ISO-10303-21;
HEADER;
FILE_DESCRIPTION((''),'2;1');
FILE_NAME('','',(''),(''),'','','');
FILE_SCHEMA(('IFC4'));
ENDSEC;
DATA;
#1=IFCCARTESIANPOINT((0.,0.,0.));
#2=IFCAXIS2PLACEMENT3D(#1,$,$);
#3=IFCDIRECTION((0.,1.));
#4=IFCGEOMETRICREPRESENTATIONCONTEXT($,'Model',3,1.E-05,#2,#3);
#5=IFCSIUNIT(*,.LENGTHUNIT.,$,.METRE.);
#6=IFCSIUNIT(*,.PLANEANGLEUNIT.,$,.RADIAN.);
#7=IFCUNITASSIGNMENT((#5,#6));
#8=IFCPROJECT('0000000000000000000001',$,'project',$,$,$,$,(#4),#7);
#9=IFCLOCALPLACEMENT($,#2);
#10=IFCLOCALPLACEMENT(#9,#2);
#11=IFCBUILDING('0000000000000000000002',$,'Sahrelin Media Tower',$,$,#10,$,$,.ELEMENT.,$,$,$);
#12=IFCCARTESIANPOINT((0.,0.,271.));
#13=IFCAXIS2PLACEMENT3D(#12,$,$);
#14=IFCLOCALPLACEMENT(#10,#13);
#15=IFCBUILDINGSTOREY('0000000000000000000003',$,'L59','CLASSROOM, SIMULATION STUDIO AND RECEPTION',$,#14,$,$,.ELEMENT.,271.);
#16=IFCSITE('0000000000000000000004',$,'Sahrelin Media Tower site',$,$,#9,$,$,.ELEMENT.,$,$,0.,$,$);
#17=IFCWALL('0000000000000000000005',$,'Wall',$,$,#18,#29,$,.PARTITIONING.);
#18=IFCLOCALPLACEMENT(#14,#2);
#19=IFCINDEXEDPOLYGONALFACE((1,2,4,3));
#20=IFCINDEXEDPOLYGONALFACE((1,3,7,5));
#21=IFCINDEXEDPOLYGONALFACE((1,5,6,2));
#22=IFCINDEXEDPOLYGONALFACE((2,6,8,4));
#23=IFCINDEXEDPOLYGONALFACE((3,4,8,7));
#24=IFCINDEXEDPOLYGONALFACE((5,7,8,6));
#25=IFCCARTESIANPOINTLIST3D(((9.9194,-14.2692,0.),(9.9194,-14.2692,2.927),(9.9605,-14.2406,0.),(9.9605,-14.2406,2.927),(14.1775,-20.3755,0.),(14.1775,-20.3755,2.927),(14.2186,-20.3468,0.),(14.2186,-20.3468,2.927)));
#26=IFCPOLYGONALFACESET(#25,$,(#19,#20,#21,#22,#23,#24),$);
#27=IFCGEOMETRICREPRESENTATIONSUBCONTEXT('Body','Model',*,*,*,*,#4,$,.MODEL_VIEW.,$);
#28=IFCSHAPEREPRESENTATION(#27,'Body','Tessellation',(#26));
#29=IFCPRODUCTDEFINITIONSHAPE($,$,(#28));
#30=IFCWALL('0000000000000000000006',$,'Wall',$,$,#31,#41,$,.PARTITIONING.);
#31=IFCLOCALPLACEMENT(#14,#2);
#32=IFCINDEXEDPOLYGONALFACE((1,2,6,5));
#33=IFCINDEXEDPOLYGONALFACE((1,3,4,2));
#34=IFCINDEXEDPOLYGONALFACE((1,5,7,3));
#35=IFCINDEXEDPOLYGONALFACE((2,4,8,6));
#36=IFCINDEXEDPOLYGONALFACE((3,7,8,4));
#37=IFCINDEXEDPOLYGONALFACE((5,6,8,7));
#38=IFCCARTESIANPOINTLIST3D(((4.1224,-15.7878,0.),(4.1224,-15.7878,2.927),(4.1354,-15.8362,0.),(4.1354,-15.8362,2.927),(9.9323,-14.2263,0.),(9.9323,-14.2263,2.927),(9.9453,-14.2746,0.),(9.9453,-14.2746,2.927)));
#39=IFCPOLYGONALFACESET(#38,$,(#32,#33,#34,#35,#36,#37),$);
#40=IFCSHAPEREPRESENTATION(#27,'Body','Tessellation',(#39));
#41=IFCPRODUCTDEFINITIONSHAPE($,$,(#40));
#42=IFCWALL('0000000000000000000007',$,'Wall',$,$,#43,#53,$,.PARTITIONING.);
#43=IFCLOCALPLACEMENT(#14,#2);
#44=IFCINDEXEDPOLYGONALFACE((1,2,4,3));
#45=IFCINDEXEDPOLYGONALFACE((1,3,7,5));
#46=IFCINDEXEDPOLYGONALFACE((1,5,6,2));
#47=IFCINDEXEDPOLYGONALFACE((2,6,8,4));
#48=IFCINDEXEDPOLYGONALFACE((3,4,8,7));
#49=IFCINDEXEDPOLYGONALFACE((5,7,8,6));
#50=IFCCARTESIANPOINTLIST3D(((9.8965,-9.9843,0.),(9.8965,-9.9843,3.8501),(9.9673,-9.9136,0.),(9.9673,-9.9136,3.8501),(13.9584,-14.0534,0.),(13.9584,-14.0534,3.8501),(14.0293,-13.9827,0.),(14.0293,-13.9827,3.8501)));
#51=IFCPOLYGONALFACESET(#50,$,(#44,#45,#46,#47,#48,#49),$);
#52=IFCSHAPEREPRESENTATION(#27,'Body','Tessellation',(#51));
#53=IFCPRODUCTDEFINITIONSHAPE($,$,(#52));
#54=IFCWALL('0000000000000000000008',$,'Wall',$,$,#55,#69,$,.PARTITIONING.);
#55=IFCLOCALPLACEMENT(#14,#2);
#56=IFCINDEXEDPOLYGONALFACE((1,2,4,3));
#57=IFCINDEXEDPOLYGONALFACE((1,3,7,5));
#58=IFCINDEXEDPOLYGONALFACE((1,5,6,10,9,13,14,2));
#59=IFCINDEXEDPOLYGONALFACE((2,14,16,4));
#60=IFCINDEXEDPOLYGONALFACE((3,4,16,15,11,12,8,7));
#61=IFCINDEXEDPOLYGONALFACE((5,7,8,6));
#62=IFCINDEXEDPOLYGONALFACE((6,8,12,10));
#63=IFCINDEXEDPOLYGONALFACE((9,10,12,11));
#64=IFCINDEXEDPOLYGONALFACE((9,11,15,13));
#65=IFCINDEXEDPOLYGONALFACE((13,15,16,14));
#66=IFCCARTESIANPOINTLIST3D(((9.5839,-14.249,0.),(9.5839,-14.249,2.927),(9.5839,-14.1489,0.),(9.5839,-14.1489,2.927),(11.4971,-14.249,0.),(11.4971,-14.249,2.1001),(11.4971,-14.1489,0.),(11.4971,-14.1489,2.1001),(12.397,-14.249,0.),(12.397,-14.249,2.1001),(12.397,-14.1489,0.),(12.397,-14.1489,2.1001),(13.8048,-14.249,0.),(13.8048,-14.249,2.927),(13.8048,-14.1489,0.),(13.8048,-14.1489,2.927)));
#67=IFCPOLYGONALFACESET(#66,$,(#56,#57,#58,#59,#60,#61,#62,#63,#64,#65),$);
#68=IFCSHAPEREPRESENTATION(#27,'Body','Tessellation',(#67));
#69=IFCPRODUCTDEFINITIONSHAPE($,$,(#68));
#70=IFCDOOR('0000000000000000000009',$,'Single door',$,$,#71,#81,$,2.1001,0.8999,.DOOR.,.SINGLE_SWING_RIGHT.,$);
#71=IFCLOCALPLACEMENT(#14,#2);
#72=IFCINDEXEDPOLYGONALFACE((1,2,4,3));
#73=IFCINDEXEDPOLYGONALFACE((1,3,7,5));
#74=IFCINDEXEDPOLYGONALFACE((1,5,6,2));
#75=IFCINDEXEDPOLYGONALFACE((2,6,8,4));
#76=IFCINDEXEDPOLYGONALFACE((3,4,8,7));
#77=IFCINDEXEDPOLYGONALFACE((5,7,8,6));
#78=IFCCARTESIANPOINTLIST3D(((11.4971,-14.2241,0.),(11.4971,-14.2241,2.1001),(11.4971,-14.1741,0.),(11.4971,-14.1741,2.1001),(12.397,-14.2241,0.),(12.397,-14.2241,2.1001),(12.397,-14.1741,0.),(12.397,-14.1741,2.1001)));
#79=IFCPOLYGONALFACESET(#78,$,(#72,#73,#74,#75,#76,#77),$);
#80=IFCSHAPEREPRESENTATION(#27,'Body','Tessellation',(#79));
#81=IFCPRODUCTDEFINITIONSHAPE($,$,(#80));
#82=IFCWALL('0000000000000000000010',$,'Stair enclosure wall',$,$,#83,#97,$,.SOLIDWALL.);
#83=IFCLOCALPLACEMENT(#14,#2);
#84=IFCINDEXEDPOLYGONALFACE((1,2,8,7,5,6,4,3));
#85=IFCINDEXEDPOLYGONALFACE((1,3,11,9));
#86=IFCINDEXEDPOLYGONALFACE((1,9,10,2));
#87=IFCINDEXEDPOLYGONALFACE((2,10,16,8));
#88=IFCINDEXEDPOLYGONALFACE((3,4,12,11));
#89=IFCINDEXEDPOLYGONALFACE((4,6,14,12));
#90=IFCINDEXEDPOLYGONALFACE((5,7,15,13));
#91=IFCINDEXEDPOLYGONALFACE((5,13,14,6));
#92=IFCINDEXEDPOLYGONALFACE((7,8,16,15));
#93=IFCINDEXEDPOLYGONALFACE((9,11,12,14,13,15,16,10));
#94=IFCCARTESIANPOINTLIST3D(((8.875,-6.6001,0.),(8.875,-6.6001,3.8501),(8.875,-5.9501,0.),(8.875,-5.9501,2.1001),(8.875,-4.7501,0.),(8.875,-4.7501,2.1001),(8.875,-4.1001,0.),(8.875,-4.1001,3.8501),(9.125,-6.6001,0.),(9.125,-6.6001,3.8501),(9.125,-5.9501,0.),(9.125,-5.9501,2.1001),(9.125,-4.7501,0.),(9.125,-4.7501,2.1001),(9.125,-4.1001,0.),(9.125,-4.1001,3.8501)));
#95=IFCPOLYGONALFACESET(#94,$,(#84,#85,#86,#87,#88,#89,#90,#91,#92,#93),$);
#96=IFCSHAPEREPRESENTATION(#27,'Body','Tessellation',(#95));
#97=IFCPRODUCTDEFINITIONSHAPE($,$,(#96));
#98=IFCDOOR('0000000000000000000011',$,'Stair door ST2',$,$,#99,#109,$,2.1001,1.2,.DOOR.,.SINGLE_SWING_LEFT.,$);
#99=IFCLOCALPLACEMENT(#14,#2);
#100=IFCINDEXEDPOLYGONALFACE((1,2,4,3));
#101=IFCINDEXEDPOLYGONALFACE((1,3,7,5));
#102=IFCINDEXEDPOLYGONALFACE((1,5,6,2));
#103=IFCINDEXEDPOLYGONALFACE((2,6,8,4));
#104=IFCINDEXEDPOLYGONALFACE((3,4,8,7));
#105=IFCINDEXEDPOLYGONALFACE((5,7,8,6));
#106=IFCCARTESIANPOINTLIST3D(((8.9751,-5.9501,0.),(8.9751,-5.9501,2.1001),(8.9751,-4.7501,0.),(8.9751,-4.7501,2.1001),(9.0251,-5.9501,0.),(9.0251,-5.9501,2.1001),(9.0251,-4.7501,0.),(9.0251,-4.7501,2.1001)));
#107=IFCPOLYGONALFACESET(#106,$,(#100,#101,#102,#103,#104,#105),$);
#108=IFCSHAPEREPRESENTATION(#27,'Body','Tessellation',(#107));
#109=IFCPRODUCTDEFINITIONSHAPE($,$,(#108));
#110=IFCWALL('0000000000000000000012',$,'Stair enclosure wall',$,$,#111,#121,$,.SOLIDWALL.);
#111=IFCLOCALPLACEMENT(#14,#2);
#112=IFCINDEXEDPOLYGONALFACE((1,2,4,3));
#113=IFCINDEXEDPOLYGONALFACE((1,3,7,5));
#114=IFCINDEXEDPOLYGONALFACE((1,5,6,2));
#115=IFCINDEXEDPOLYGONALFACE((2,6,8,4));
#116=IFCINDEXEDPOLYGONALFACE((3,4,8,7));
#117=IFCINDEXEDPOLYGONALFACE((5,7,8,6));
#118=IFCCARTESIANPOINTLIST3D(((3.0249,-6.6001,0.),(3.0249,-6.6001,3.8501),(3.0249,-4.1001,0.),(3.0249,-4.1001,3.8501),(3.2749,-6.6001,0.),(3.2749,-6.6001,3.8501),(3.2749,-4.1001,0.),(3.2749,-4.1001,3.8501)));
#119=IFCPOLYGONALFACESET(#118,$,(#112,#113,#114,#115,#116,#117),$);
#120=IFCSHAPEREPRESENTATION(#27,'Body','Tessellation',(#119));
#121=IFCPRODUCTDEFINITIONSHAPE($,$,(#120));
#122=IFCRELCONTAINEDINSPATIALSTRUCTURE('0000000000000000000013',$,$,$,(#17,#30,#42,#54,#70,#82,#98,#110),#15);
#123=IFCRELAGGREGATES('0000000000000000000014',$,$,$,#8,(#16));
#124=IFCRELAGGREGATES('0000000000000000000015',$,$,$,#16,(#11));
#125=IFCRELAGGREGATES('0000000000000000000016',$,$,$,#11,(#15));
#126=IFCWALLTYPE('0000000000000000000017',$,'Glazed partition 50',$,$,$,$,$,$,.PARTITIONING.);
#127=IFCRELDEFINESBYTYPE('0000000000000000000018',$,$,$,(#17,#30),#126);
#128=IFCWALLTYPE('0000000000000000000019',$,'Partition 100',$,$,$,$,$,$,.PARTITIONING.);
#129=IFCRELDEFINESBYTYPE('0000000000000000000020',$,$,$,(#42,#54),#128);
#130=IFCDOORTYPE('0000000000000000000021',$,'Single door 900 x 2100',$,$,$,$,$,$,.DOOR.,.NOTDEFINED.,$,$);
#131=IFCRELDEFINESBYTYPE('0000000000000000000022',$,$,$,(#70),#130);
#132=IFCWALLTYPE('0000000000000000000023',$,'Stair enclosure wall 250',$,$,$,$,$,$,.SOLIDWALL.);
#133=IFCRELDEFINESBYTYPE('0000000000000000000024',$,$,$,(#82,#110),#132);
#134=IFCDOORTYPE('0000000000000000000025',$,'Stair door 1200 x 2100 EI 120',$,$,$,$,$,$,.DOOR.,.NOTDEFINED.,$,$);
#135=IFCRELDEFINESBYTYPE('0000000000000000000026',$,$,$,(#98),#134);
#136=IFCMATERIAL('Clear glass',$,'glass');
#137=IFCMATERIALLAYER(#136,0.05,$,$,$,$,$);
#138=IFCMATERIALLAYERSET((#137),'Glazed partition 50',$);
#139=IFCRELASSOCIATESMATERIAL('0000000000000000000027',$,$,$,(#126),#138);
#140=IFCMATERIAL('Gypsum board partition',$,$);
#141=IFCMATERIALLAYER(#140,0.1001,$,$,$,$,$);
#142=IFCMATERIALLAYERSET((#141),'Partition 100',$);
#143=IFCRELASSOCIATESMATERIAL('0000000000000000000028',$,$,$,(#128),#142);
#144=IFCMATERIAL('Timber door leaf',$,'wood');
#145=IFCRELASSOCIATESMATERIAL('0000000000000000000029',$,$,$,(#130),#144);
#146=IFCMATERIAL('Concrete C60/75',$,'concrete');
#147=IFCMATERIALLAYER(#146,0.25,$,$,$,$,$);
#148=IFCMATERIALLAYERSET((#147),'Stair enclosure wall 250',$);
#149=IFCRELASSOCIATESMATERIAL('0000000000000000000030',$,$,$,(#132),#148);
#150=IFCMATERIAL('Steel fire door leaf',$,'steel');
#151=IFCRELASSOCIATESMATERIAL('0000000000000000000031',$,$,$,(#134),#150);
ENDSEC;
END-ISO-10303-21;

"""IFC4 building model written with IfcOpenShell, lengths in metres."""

from ifc_helpers import new_model, si_unit, direction, frame, frame_2d, origin, place, context, subcontext, project, spatial, rectangle, extrude, material, layer, layer_set, type_object, element, fill, save


model = new_model("IFC4")

# Units and contexts
model_context = context("Model", 3, precision=1e-05, world=origin(), true_north=direction((0.0, 1.0)))
body_context = subcontext(model_context, "Body", "Model", "MODEL_VIEW")
ifc_project = project(units=[si_unit("LENGTHUNIT", "METRE"), si_unit("PLANEANGLEUNIT", "RADIAN")], contexts=[model_context])

# Site, building, storey
site_placement = place(None, origin())
site = spatial("IfcSite", under=ifc_project, at=site_placement, Name="Sahrelin Media Tower site", CompositionType="ELEMENT", RefElevation=0.0)
building_placement = place(site_placement, origin())
building = spatial("IfcBuilding", under=site, at=building_placement, Name="Sahrelin Media Tower", CompositionType="ELEMENT")
storey_placement = place(building_placement, frame((0.0, 0.0, 271.0)))
storey = spatial("IfcBuildingStorey", under=building, at=storey_placement, Name="L59", Description="CLASSROOM, SIMULATION STUDIO AND RECEPTION", CompositionType="ELEMENT", Elevation=271.0)

# Shared definitions
ifc_material_1 = material(Name="Concrete C60/75", Category="concrete")
ifc_material_2 = material(Name="Steel fire door leaf", Category="steel")

# Walls
ifc_material_3 = material(Name="Clear glass", Category="glass")
ifc_layer_1 = layer(ifc_material_3, 0.05)
ifc_layer_set_1 = layer_set([ifc_layer_1], Name="Glazed partition 50")
wall_type_1 = type_object("IfcWallType", Name="Glazed partition 50", PredefinedType="PARTITIONING", material=ifc_layer_set_1)
wall_1_placement = place(storey_placement, frame((9.9399, -14.2549, 0.0), z_axis=(0.0, 0.0, 1.0), x_axis=(0.571993, -0.820258, 0.0)))
element("IfcWall", 1, at=wall_1_placement, inside=storey, type_object=wall_type_1, Name="Wall", PredefinedType="PARTITIONING", context=body_context, shape_type="SweptSolid", body=[
    extrude(rectangle(XDim=7.4443, YDim=0.05, at=frame_2d((3.7222, 0.0))), origin(), (0.0, 0.0, 1.0), 2.927),
])
wall_2_placement = place(storey_placement, frame((4.1289, -15.812, 0.0), z_axis=(0.0, 0.0, 1.0), x_axis=(0.965727, 0.259562, 0.0)))
element("IfcWall", 2, at=wall_2_placement, inside=storey, type_object=wall_type_1, Name="Wall", PredefinedType="PARTITIONING", context=body_context, shape_type="SweptSolid", body=[
    extrude(rectangle(XDim=6.0161, YDim=0.05, at=frame_2d((3.0081, 0.0))), origin(), (0.0, 0.0, 1.0), 2.927),
])
ifc_material_4 = material(Name="Gypsum board partition")
ifc_layer_2 = layer(ifc_material_4, 0.1001)
ifc_layer_set_2 = layer_set([ifc_layer_2], Name="Partition 100")
wall_type_2 = type_object("IfcWallType", Name="Partition 100", PredefinedType="PARTITIONING", material=ifc_layer_set_2)
wall_3_placement = place(storey_placement, frame((9.9319, -9.949, 0.0), z_axis=(0.0, 0.0, 1.0), x_axis=(0.706491, -0.707722, 0.0)))
element("IfcWall", 3, at=wall_3_placement, inside=storey, type_object=wall_type_2, Name="Wall", PredefinedType="PARTITIONING", context=body_context, shape_type="SweptSolid", body=[
    extrude(rectangle(XDim=5.7495, YDim=0.1001, at=frame_2d((2.8748, 0.0))), origin(), (0.0, 0.0, 1.0), 3.8501),
])

# Walls, openings, doors
wall_4_placement = place(storey_placement, frame((9.584, -14.199, 0.0), z_axis=(0.0, 0.0, 1.0), x_axis=(1.0, 0.0, 0.0)))
wall_4 = element("IfcWall", 4, at=wall_4_placement, inside=storey, type_object=wall_type_2, Name="Wall", PredefinedType="PARTITIONING", context=body_context, shape_type="SweptSolid", body=[
    extrude(rectangle(XDim=4.2209, YDim=0.1001, at=frame_2d((2.1104, 0.0))), origin(), (0.0, 0.0, 1.0), 2.927),
])
opening_1_placement = place(wall_4_placement, frame((1.9131, 0.0, 0.0)))
opening_1 = element("IfcOpeningElement", 5, at=opening_1_placement, cuts=wall_4, PredefinedType="OPENING", context=body_context, shape_type="SweptSolid", body=[
    extrude(rectangle(XDim=0.8999, YDim=2.1001, at=frame_2d((0.45, 1.05))), frame((0.0, 0.05, 0.0), z_axis=(0.0, -1.0, 0.0), x_axis=(1.0, 0.0, 0.0)), (0.0, 0.0, 1.0), 0.1001),
])
ifc_material_5 = material(Name="Timber door leaf", Category="wood")
door_type_1 = type_object("IfcDoorType", Name="Single door 900 x 2100", OperationType="NOTDEFINED", PredefinedType="DOOR", material=ifc_material_5)
door_1_placement = place(opening_1_placement, origin())
door_1 = element("IfcDoor", 6, at=door_1_placement, inside=storey, type_object=door_type_1, Name="Single door", OperationType="SINGLE_SWING_RIGHT", OverallHeight=2.1001, OverallWidth=0.8999, PredefinedType="DOOR", context=body_context, shape_type="SweptSolid", body=[
    extrude(rectangle(XDim=0.8999, YDim=2.1001, at=frame_2d((0.45, 1.05))), frame((0.0, 0.0249, 0.0), z_axis=(0.0, -1.0, 0.0), x_axis=(1.0, 0.0, 0.0)), (0.0, 0.0, 1.0), 0.05),
])
fill(opening_1, door_1)
ifc_layer_3 = layer(ifc_material_1, 0.25)
ifc_layer_set_3 = layer_set([ifc_layer_3], Name="Stair enclosure wall 250")
wall_type_3 = type_object("IfcWallType", Name="Stair enclosure wall 250", PredefinedType="SOLIDWALL", material=ifc_layer_set_3)
wall_5_placement = place(storey_placement, frame((9.0, -6.6001, 0.0), z_axis=(0.0, 0.0, 1.0), x_axis=(0.0, 1.0, 0.0)))
wall_5 = element("IfcWall", 7, at=wall_5_placement, inside=storey, type_object=wall_type_3, Name="Stair enclosure wall", PredefinedType="SOLIDWALL", context=body_context, shape_type="SweptSolid", body=[
    extrude(rectangle(XDim=2.5, YDim=0.25, at=frame_2d((1.25, 0.0))), origin(), (0.0, 0.0, 1.0), 3.8501),
])
opening_2_placement = place(wall_5_placement, frame((0.6499, 0.0, 0.0)))
opening_2 = element("IfcOpeningElement", 8, at=opening_2_placement, cuts=wall_5, PredefinedType="OPENING", context=body_context, shape_type="SweptSolid", body=[
    extrude(rectangle(XDim=1.2, YDim=2.1001, at=frame_2d((0.6001, 1.05))), frame((0.0, 0.125, 0.0), z_axis=(0.0, -1.0, 0.0), x_axis=(1.0, 0.0, 0.0)), (0.0, 0.0, 1.0), 0.25),
])
door_type_2 = type_object("IfcDoorType", Name="Stair door 1200 x 2100 EI 120", OperationType="NOTDEFINED", PredefinedType="DOOR", material=ifc_material_2)
door_2_placement = place(opening_2_placement, origin())
door_2 = element("IfcDoor", 9, at=door_2_placement, inside=storey, type_object=door_type_2, Name="Stair door ST2", OperationType="SINGLE_SWING_LEFT", OverallHeight=2.1001, OverallWidth=1.2, PredefinedType="DOOR", context=body_context, shape_type="SweptSolid", body=[
    extrude(rectangle(XDim=1.2, YDim=2.1001, at=frame_2d((0.6001, 1.05))), frame((0.0, 0.0249, 0.0), z_axis=(0.0, -1.0, 0.0), x_axis=(1.0, 0.0, 0.0)), (0.0, 0.0, 1.0), 0.05),
])
fill(opening_2, door_2)

# Wall
wall_6_placement = place(storey_placement, frame((3.1499, -6.6001, 0.0), z_axis=(0.0, 0.0, 1.0), x_axis=(0.0, 1.0, 0.0)))
element("IfcWall", 10, at=wall_6_placement, inside=storey, type_object=wall_type_3, Name="Stair enclosure wall", PredefinedType="SOLIDWALL", context=body_context, shape_type="SweptSolid", body=[
    extrude(rectangle(XDim=2.5, YDim=0.25, at=frame_2d((1.25, 0.0))), origin(), (0.0, 0.0, 1.0), 3.8501),
])

save(model, "model.ifc")
